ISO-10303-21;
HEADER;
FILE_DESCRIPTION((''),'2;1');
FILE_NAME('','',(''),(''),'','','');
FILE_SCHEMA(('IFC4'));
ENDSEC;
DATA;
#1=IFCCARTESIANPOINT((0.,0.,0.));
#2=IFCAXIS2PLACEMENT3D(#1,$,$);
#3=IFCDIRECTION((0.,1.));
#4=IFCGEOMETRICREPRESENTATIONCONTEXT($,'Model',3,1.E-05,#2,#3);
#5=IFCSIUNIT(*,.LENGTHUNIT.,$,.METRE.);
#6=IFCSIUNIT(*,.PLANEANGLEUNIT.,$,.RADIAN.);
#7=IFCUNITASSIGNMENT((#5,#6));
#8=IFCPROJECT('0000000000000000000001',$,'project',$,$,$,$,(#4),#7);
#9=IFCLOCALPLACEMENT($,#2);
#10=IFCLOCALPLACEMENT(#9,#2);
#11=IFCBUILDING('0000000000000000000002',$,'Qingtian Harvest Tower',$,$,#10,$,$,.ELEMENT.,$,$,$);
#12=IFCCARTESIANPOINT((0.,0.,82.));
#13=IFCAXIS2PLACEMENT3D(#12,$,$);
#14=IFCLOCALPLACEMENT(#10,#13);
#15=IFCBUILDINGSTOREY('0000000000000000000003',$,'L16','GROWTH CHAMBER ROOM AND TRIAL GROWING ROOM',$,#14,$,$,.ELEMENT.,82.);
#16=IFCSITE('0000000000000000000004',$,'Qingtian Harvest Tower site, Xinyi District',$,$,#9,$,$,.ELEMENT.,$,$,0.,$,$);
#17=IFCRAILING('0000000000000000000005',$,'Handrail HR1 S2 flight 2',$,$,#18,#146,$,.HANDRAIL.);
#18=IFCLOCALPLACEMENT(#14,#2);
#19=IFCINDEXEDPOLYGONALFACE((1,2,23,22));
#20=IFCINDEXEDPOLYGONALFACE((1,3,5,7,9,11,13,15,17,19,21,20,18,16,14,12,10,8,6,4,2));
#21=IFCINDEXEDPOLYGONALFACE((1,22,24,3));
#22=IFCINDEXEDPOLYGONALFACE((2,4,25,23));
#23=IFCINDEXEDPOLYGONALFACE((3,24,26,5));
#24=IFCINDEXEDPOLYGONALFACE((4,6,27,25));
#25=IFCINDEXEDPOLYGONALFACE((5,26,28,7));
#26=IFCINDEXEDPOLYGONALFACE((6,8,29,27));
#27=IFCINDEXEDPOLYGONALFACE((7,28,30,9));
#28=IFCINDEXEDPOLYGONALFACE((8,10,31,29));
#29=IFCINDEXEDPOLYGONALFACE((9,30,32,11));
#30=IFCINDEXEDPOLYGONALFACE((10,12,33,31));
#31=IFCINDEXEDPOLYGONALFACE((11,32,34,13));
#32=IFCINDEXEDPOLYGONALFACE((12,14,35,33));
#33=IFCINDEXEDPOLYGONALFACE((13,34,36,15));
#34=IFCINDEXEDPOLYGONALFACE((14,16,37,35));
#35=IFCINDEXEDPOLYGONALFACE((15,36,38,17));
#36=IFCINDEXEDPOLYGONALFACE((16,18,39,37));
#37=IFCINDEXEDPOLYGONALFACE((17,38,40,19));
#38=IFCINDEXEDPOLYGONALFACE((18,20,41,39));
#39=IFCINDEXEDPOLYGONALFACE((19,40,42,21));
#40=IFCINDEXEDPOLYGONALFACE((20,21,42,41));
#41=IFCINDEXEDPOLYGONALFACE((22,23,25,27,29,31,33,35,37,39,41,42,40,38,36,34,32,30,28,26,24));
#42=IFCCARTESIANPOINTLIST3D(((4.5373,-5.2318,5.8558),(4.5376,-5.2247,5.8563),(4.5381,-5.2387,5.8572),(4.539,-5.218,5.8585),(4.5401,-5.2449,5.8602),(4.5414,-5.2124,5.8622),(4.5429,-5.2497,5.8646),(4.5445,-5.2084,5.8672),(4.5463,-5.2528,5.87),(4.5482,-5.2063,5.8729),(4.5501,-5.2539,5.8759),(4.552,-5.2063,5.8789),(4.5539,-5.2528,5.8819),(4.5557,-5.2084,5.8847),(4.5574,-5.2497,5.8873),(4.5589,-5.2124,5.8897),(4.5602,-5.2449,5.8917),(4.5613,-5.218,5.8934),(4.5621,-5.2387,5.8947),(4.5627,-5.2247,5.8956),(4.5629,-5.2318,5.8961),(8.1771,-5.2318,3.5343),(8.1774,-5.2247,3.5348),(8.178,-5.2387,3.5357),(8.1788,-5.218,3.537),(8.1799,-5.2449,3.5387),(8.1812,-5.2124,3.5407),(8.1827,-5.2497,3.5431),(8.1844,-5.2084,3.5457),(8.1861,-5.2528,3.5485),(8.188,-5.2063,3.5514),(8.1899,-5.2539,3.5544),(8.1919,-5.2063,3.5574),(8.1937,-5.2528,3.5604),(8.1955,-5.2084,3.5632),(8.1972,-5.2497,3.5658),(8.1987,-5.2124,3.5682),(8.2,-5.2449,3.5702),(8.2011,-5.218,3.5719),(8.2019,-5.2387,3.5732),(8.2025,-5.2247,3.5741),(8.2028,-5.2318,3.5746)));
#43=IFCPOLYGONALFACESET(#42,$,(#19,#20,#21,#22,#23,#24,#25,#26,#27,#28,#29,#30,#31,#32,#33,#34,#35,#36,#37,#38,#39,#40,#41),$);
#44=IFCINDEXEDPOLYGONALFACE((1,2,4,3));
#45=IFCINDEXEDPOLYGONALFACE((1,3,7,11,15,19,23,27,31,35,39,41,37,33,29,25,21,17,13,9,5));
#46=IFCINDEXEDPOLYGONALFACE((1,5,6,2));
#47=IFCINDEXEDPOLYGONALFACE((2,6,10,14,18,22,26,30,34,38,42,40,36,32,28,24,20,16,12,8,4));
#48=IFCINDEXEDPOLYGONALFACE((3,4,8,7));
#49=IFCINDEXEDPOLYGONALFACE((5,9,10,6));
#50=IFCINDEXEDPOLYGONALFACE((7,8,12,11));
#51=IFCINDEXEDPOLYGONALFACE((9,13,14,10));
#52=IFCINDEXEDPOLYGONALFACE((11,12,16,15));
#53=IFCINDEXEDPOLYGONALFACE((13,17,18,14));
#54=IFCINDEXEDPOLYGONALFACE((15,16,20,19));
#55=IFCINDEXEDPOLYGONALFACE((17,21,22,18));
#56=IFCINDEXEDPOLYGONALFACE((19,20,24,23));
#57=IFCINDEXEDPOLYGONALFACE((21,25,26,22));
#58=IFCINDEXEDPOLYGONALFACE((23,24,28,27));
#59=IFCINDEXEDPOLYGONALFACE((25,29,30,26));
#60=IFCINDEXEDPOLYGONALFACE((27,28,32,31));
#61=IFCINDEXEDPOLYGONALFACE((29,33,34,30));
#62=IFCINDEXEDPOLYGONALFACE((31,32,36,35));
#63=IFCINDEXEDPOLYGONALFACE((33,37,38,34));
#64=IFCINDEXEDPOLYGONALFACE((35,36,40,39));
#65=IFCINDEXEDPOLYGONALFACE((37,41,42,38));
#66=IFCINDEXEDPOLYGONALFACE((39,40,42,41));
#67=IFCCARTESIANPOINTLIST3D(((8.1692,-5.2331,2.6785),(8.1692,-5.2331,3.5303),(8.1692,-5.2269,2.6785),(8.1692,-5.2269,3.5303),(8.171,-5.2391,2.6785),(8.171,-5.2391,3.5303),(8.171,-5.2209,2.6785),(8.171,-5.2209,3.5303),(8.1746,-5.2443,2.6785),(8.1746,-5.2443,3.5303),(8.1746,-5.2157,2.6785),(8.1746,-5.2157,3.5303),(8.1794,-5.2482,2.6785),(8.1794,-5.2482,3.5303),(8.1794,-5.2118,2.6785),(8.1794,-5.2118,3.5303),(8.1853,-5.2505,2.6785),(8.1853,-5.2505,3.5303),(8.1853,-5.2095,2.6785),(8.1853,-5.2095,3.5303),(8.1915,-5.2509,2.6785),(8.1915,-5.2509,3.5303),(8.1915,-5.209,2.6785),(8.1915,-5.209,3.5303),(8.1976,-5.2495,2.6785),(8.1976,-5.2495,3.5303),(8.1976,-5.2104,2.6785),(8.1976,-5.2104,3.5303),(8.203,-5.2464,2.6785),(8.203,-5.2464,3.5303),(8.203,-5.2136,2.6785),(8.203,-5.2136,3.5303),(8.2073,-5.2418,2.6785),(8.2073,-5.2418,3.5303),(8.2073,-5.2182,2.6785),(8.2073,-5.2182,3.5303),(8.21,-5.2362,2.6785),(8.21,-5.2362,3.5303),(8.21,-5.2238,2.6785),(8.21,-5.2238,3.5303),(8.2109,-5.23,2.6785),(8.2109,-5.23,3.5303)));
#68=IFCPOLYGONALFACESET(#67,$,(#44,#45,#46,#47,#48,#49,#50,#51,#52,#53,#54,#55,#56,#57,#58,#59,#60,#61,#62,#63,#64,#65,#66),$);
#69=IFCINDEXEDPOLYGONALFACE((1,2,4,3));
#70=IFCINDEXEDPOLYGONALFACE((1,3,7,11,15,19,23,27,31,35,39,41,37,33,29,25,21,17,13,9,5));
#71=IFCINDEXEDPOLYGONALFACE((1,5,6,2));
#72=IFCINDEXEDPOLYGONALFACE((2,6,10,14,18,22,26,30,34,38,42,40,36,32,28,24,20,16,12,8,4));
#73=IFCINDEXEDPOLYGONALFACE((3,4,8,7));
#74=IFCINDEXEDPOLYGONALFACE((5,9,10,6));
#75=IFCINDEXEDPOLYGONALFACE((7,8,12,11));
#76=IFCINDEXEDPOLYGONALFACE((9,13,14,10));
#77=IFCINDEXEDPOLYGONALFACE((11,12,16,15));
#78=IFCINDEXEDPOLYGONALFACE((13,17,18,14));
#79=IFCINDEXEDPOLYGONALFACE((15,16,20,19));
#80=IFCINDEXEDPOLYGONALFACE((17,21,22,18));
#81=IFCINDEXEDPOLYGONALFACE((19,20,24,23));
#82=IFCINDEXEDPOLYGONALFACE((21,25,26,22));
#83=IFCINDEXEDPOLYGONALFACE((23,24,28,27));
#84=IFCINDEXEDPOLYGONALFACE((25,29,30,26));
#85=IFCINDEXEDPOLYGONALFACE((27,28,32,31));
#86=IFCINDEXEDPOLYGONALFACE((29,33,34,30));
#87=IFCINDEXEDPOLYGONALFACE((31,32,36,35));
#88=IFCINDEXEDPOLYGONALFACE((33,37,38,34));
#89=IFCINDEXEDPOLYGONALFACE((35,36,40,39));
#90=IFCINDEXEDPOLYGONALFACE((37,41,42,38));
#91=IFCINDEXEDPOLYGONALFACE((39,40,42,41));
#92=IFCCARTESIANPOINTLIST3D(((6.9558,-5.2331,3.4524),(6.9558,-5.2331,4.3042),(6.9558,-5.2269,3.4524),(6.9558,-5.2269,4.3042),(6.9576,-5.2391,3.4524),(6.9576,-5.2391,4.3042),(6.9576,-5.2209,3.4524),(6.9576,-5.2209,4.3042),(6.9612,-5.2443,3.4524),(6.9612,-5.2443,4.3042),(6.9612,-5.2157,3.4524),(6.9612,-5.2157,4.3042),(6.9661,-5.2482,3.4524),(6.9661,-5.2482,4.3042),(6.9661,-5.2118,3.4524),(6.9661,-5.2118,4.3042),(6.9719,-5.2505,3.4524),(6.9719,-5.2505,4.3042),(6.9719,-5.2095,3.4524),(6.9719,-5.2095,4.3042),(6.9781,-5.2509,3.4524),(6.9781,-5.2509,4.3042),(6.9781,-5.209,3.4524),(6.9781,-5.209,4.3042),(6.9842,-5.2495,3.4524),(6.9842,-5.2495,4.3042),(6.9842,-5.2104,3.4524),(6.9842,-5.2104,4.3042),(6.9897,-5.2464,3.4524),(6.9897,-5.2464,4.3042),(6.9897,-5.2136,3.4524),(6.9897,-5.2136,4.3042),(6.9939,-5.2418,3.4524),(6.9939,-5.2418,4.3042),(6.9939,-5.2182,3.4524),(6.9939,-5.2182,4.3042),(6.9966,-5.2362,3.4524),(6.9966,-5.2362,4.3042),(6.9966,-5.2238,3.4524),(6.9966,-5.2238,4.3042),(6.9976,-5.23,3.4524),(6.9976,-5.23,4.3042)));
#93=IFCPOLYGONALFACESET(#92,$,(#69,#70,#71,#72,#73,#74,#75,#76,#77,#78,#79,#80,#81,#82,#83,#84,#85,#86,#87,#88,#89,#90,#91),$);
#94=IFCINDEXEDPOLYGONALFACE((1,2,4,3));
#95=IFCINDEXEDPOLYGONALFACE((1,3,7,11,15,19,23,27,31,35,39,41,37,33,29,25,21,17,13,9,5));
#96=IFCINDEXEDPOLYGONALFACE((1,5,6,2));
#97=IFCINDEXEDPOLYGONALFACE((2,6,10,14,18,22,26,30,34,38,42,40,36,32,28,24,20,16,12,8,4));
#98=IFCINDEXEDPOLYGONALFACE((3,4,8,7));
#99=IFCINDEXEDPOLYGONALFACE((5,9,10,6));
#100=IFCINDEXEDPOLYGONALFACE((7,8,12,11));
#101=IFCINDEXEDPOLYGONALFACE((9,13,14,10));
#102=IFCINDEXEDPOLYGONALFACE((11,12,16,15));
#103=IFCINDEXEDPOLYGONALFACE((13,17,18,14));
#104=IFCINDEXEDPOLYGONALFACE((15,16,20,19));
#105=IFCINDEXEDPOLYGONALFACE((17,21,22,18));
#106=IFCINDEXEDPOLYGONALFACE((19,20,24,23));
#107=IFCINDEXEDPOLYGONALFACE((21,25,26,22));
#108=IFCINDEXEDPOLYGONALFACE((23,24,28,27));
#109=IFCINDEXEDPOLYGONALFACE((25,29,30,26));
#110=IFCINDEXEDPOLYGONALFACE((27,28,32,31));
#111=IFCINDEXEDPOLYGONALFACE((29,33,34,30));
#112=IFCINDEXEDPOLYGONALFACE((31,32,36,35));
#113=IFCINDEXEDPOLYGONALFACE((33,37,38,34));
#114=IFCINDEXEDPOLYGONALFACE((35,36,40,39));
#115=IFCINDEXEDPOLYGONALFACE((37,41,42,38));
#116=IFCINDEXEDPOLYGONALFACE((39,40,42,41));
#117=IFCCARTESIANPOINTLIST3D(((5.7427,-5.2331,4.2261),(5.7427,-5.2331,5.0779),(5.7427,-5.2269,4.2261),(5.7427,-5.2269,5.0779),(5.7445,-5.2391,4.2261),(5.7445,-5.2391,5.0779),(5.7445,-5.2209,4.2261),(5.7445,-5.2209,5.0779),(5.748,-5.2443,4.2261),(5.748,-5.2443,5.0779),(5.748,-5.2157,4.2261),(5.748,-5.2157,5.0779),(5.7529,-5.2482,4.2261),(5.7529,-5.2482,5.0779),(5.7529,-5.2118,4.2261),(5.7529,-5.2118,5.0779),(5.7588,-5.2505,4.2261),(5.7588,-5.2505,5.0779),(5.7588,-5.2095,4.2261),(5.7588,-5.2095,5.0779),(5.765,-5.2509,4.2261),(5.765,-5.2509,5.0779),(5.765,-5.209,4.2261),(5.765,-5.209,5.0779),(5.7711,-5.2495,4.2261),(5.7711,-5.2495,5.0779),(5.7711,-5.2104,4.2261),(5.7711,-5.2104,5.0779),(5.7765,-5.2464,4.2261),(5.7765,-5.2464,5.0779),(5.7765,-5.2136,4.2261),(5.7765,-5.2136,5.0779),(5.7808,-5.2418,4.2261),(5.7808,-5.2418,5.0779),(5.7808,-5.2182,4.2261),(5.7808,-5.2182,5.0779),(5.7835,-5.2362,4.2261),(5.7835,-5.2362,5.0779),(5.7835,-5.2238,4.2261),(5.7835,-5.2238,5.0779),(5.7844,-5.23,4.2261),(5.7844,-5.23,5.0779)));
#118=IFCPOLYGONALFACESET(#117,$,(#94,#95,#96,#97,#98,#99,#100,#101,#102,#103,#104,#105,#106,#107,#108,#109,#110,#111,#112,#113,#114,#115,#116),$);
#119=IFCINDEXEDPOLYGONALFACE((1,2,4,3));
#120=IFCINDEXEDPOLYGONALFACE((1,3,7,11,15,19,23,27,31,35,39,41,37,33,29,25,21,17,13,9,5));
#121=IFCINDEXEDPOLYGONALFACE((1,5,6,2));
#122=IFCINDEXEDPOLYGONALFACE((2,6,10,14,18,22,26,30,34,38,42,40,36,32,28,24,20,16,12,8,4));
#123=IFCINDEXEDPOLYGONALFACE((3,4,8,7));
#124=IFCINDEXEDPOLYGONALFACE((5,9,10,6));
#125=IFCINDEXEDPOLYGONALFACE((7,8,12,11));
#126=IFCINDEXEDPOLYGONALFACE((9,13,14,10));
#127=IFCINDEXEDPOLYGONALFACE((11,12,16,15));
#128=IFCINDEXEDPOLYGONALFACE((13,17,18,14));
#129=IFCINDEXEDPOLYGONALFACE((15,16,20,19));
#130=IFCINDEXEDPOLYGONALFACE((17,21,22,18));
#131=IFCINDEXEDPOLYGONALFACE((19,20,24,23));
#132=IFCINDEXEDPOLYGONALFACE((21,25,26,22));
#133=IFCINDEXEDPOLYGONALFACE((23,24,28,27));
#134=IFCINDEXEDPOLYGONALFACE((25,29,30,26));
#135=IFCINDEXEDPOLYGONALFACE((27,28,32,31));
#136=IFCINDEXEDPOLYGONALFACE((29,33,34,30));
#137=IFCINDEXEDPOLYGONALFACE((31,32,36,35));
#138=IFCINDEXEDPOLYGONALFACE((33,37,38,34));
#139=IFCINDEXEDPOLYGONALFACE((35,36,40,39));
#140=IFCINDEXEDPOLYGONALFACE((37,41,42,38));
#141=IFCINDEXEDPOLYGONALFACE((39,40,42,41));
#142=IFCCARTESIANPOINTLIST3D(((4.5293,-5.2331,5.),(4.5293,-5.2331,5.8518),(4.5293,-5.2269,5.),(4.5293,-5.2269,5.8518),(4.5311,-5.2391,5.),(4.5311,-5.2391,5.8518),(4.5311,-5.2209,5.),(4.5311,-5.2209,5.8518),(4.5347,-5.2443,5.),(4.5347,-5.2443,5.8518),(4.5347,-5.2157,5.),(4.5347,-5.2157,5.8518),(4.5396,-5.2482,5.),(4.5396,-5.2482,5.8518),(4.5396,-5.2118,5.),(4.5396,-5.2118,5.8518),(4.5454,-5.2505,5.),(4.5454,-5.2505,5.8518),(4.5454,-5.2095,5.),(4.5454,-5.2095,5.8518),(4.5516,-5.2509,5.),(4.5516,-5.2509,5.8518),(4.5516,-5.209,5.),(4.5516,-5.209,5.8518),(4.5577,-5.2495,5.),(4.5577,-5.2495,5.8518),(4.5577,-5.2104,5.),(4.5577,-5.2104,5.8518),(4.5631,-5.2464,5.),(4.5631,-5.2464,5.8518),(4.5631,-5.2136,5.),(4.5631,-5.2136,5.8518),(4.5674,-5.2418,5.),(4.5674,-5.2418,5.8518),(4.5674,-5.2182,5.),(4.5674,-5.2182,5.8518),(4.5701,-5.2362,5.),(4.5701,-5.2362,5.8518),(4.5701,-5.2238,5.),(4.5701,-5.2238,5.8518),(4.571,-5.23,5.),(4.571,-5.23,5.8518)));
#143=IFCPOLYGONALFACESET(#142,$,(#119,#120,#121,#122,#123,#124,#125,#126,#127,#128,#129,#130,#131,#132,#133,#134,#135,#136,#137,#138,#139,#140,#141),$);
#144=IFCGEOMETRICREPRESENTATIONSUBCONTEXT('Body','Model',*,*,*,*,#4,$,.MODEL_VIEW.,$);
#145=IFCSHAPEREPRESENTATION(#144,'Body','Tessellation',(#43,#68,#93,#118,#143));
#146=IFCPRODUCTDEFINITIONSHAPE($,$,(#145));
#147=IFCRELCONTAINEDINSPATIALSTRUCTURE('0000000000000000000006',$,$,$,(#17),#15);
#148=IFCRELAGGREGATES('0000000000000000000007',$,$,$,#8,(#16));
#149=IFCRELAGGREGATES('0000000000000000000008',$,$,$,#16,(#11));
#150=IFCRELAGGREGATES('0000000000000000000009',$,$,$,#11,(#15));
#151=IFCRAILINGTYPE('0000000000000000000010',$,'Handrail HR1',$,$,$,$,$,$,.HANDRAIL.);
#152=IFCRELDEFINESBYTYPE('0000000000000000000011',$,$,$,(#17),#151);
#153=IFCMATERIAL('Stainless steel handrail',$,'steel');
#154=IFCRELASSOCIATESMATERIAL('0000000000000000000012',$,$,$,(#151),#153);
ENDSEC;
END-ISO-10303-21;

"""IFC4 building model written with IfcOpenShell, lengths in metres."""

from ifc_helpers import new_model, si_unit, direction, frame, origin, origin_2d, place, context, subcontext, project, spatial, circle, extrude, material, type_object, element, save


model = new_model("IFC4")

# Units and contexts
model_context = context("Model", 3, precision=1e-05, world=origin(), true_north=direction((0.0, 1.0)))
body_context = subcontext(model_context, "Body", "Model", "MODEL_VIEW")
ifc_project = project(units=[si_unit("LENGTHUNIT", "METRE"), si_unit("PLANEANGLEUNIT", "RADIAN")], contexts=[model_context])

# Site, building, storey
site_placement = place(None, origin())
site = spatial("IfcSite", under=ifc_project, at=site_placement, Name="Qingtian Harvest Tower site, Xinyi District", CompositionType="ELEMENT", RefElevation=0.0)
building_placement = place(site_placement, origin())
building = spatial("IfcBuilding", under=site, at=building_placement, Name="Qingtian Harvest Tower", CompositionType="ELEMENT")
storey_placement = place(building_placement, frame((0.0, 0.0, 82.0)))
storey = spatial("IfcBuildingStorey", under=building, at=storey_placement, Name="L16", Description="GROWTH CHAMBER ROOM AND TRIAL GROWING ROOM", CompositionType="ELEMENT", Elevation=82.0)

# Railing
ifc_material_1 = material(Name="Stainless steel handrail", Category="steel")
railing_type = type_object("IfcRailingType", Name="Handrail HR1", PredefinedType="HANDRAIL", material=ifc_material_1)
railing_1_placement = place(storey_placement, frame((8.1899, -5.23, 2.6785)))
element("IfcRailing", 1, at=railing_1_placement, inside=storey, type_object=railing_type, Name="Handrail HR1 S2 flight 2", PredefinedType="HANDRAIL", context=body_context, shape_type="SweptSolid", body=[
    extrude(circle(Radius=0.0239, at=origin_2d()), frame((0.0, 0.0, 0.876), z_axis=(-0.843112, 0.0, 0.537739), x_axis=(0.0, -1.0, 0.0)), (0.0, 0.0, 1.0), 4.3171),
    extrude(circle(Radius=0.021, at=origin_2d()), origin(), (0.0, 0.0, 1.0), 0.8518),
    extrude(circle(Radius=0.021, at=origin_2d()), frame((-1.2134, 0.0, 0.7739)), (0.0, 0.0, 1.0), 0.8518),
    extrude(circle(Radius=0.021, at=origin_2d()), frame((-2.4265, 0.0, 1.5476)), (0.0, 0.0, 1.0), 0.8518),
    extrude(circle(Radius=0.021, at=origin_2d()), frame((-3.6399, 0.0, 2.3215)), (0.0, 0.0, 1.0), 0.8518),
])

save(model, "model.ifc")
